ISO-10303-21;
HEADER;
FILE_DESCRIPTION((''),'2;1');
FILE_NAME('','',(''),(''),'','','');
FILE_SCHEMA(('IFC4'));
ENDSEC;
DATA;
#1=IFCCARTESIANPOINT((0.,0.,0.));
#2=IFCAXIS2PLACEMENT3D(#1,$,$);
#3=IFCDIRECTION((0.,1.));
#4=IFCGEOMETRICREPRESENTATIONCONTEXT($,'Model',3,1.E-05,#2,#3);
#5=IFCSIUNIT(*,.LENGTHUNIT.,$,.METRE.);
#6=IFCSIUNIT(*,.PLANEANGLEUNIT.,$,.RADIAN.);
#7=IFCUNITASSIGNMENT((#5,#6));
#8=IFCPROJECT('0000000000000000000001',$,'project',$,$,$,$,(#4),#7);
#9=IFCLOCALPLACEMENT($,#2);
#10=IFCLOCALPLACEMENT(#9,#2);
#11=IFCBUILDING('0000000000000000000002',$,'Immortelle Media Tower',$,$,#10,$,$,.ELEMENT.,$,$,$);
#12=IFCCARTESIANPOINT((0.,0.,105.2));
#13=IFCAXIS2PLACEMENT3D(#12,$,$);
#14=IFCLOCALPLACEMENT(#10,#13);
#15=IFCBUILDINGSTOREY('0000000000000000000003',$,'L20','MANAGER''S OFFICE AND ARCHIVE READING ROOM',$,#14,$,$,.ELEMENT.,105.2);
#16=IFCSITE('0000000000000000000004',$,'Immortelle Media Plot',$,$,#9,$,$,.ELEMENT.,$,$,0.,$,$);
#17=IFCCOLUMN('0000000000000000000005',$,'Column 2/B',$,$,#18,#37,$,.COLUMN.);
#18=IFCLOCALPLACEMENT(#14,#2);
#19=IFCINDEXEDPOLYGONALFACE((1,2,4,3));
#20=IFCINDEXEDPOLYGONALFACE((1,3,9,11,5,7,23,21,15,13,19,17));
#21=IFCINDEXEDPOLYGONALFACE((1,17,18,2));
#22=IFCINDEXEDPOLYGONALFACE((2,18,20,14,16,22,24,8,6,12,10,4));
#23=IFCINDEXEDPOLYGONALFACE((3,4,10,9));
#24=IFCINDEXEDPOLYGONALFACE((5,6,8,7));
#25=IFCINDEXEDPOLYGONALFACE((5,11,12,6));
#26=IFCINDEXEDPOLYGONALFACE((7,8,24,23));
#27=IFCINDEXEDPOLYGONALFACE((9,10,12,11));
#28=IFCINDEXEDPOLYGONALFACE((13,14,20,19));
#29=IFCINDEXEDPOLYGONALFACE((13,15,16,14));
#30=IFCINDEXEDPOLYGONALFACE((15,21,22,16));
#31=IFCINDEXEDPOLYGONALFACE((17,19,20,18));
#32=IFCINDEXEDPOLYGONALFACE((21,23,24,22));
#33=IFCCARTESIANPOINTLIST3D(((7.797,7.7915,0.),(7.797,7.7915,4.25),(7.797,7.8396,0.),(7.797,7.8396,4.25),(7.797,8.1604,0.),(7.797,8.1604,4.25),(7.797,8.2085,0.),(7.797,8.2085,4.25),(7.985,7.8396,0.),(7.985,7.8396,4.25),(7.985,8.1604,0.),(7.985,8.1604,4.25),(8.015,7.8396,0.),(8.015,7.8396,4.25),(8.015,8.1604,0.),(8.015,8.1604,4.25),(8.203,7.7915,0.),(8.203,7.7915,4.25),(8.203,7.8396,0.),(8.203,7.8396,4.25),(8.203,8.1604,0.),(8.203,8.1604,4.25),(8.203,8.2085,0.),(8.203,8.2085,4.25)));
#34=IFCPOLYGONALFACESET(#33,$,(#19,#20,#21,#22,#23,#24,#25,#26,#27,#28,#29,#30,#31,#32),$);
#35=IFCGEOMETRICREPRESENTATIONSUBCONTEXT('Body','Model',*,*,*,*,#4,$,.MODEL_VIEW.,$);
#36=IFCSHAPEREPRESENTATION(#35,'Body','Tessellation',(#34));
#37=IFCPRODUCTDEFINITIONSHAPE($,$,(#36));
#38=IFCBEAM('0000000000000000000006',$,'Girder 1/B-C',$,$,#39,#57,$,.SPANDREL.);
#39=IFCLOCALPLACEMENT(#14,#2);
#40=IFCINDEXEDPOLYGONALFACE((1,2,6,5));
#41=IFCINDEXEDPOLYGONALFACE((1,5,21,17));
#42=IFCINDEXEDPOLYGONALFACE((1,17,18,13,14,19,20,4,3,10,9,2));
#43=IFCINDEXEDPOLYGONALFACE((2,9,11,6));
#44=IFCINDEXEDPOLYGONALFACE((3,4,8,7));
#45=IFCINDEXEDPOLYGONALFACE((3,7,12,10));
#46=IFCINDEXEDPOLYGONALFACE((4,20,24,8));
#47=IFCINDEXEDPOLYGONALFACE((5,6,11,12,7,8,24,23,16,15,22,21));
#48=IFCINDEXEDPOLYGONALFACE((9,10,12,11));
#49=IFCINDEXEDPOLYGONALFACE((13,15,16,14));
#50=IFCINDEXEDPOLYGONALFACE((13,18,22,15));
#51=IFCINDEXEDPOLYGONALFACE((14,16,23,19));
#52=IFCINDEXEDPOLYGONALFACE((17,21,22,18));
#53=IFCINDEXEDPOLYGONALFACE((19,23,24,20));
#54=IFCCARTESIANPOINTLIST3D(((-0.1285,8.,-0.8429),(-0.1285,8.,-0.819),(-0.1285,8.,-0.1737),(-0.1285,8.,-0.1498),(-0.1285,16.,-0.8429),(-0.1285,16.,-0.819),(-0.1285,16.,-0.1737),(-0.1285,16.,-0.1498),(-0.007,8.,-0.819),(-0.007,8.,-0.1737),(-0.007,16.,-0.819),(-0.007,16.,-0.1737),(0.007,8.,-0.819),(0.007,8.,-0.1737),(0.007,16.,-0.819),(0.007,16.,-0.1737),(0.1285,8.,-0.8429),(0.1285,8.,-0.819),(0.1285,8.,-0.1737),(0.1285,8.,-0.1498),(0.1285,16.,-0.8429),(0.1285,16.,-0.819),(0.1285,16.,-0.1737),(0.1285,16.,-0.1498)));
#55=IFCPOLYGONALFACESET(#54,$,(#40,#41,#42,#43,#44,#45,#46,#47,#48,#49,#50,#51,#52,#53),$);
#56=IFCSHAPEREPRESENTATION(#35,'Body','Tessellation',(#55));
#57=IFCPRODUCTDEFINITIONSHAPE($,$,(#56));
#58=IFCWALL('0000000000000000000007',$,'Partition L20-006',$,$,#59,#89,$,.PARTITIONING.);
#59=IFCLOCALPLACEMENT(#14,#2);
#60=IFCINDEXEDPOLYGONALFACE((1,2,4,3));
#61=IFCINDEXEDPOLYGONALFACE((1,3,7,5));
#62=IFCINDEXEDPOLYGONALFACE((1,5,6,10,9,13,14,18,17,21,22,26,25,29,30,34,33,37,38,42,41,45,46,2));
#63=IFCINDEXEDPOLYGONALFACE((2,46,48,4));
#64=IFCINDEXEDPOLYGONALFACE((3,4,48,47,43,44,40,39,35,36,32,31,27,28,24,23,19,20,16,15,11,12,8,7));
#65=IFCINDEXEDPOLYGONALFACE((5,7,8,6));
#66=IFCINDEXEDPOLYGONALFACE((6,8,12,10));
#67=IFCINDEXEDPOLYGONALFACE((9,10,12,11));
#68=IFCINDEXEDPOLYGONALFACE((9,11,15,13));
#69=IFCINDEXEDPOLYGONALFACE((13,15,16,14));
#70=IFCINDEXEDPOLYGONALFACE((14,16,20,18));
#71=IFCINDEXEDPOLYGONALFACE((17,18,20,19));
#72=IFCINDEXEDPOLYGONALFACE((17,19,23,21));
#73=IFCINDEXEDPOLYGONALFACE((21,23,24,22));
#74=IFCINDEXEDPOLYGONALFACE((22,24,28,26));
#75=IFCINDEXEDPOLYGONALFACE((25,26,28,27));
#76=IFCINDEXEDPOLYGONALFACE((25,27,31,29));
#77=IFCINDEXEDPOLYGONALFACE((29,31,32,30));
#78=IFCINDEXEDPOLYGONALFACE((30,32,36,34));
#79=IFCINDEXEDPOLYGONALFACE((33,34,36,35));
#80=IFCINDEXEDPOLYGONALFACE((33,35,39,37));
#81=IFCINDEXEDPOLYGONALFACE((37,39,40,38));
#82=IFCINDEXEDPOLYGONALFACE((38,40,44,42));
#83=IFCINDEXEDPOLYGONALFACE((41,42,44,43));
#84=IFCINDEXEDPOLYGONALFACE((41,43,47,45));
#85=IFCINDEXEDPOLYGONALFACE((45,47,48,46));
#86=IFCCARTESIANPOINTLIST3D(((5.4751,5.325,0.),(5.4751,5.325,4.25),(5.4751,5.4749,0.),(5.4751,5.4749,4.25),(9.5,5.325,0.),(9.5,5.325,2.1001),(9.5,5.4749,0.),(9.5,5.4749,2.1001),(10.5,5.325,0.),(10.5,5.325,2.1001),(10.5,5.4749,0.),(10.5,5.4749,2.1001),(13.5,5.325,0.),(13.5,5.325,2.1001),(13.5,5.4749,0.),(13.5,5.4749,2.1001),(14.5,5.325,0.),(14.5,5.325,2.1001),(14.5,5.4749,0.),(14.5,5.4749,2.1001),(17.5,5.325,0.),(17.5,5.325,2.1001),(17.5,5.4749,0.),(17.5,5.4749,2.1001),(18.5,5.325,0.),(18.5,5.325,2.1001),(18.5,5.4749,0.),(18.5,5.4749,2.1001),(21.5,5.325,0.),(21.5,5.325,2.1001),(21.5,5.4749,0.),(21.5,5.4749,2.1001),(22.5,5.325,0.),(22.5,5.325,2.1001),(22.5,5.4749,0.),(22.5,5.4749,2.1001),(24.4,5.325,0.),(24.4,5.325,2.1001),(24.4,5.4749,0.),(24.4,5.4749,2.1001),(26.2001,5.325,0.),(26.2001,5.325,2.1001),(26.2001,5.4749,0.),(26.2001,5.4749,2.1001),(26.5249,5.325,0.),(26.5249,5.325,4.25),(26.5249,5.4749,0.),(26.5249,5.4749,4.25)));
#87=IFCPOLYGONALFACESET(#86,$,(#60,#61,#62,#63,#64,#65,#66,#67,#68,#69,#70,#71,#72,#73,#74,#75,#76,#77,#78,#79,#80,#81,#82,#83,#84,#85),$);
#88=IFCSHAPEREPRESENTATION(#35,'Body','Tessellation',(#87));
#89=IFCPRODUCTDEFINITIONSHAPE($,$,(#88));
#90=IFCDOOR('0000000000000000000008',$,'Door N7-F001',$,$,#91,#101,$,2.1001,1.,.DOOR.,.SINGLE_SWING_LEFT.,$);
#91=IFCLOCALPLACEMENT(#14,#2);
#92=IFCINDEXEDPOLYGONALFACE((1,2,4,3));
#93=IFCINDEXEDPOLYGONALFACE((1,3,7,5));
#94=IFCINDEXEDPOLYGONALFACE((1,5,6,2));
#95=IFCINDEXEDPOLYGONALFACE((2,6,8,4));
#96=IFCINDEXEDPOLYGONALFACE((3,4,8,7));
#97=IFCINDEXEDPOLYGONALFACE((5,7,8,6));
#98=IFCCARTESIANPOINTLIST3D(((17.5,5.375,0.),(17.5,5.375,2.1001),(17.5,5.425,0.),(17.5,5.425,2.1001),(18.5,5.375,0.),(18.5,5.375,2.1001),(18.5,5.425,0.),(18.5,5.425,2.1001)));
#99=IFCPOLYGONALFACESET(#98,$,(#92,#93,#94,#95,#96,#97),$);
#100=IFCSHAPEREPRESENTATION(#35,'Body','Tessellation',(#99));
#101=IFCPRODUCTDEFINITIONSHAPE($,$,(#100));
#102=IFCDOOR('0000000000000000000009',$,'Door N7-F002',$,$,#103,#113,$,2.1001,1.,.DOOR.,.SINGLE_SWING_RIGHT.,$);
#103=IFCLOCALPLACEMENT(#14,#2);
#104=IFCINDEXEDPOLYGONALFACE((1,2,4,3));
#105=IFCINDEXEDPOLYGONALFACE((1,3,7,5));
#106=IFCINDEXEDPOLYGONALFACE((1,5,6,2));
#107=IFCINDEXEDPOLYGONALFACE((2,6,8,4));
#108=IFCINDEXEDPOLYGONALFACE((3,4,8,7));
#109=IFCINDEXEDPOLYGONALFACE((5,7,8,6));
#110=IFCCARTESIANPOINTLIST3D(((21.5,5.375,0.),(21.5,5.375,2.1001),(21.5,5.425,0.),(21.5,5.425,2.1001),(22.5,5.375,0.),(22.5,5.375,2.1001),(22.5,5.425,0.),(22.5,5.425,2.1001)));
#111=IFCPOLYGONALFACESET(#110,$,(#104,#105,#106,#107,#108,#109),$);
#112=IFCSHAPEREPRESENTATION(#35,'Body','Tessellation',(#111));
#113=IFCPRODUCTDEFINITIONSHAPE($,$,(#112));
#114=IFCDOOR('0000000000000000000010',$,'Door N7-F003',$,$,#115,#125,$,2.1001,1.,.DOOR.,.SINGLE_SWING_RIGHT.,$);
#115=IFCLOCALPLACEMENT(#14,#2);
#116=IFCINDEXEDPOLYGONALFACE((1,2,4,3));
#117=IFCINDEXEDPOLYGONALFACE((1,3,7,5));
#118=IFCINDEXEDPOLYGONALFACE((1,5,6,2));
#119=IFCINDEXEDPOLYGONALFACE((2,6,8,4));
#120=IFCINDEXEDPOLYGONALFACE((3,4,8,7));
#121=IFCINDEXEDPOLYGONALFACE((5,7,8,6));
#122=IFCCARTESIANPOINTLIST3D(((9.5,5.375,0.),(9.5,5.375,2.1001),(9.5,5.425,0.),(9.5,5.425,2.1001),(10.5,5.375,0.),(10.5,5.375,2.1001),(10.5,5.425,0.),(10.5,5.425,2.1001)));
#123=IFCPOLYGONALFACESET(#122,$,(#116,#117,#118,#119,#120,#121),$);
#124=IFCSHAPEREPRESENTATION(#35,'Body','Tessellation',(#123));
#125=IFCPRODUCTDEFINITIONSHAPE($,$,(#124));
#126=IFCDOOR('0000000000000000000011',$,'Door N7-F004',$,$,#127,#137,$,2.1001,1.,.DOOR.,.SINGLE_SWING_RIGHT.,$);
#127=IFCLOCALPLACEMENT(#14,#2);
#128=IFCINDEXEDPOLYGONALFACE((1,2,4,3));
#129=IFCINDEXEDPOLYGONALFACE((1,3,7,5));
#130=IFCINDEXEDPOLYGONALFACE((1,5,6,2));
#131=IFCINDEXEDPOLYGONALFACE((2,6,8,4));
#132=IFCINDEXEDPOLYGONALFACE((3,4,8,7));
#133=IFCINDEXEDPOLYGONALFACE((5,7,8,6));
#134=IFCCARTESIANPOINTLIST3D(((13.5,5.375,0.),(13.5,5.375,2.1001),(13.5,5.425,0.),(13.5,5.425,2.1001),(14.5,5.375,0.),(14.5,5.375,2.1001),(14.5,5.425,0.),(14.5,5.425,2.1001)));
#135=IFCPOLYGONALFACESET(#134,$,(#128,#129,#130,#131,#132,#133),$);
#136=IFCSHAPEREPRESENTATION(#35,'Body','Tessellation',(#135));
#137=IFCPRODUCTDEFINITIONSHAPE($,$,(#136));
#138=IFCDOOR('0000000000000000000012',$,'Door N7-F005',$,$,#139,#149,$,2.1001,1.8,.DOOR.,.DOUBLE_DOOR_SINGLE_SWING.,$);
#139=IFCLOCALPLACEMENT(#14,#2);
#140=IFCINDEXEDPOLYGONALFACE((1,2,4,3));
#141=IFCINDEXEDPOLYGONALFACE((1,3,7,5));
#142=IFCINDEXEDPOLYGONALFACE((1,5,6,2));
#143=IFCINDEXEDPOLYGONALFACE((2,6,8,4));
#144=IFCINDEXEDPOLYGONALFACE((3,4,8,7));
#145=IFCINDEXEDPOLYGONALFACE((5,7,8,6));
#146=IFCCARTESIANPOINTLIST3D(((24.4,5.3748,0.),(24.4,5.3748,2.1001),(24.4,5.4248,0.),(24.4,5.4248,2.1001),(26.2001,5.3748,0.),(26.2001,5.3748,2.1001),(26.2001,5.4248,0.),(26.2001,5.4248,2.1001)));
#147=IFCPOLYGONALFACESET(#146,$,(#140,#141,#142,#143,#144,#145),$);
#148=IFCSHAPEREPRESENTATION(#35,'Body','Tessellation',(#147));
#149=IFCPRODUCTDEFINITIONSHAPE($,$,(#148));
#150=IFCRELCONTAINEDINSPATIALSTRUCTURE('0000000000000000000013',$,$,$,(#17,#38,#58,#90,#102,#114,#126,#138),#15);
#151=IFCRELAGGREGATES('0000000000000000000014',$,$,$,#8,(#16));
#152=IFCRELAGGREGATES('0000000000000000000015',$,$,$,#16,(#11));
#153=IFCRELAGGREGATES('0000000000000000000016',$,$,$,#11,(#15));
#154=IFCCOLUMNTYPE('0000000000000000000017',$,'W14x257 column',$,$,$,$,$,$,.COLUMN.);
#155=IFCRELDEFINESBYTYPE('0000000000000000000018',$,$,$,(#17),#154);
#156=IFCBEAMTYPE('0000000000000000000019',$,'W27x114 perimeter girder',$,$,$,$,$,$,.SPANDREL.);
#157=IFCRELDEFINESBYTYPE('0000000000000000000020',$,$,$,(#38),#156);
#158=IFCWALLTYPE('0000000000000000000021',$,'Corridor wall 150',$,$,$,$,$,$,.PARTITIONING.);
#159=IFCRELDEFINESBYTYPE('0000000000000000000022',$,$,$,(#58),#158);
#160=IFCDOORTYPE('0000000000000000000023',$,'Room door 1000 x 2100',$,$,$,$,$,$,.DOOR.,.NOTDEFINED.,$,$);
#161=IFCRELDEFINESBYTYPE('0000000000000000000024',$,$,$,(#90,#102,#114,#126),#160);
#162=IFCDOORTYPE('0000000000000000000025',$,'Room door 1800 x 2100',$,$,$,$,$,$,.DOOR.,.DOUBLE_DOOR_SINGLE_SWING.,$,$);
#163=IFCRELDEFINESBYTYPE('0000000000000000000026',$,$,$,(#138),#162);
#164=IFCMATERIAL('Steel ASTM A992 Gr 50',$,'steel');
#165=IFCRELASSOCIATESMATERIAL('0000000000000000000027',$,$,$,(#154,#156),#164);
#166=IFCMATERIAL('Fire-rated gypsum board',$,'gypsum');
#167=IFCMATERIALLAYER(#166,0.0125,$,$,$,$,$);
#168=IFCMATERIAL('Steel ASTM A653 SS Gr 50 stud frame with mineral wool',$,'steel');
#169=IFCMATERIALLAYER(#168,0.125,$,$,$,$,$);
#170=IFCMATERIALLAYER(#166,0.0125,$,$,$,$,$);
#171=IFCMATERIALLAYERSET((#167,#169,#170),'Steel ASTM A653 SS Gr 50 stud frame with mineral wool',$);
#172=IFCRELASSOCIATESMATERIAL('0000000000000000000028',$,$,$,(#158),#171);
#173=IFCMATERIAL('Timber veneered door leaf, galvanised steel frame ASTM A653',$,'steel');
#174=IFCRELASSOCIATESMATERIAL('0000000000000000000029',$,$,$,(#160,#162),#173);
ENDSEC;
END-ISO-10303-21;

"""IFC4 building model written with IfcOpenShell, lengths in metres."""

from ifc_helpers import new_model, si_unit, direction, frame, frame_2d, origin, origin_2d, place, context, subcontext, project, spatial, rectangle, i_section, extrude, material, layer, layer_set, material_profile, profile_set, type_object, element, fill, save


model = new_model("IFC4")

# Units and contexts
model_context = context("Model", 3, precision=1e-05, world=origin(), true_north=direction((0.0, 1.0)))
body_context = subcontext(model_context, "Body", "Model", "MODEL_VIEW")
ifc_project = project(units=[si_unit("LENGTHUNIT", "METRE"), si_unit("PLANEANGLEUNIT", "RADIAN")], contexts=[model_context])

# Site, building, storey
site_placement = place(None, origin())
site = spatial("IfcSite", under=ifc_project, at=site_placement, Name="Immortelle Media Plot", CompositionType="ELEMENT", RefElevation=0.0)
building_placement = place(site_placement, origin())
building = spatial("IfcBuilding", under=site, at=building_placement, Name="Immortelle Media Tower", CompositionType="ELEMENT")
storey_placement = place(building_placement, frame((0.0, 0.0, 105.2)))
storey = spatial("IfcBuildingStorey", under=building, at=storey_placement, Name="L20", Description="MANAGER'S OFFICE AND ARCHIVE READING ROOM", CompositionType="ELEMENT", Elevation=105.2)

# Column
ifc_material_1 = material(Name="Steel ASTM A992 Gr 50", Category="steel")
ifc_material_profile_1 = material_profile(ifc_material_1, i_section(OverallWidth=0.406, OverallDepth=0.417, WebThickness=0.03, FlangeThickness=0.0481, at=origin_2d()), Name="W14x257")
ifc_profile_set_1 = profile_set([ifc_material_profile_1], Name="Steel ASTM A992 Gr 50")
column_type = type_object("IfcColumnType", Name="W14x257 column", PredefinedType="COLUMN", material=ifc_profile_set_1)
column_placement = place(storey_placement, frame((8.0, 8.0, 0.0), z_axis=(0.0, 0.0, 1.0), x_axis=(1.0, 0.0, 0.0)))
element("IfcColumn", 1, at=column_placement, inside=storey, type_object=column_type, Name="Column 2/B", PredefinedType="COLUMN", context=body_context, shape_type="SweptSolid", body=[
    extrude(i_section(OverallWidth=0.406, OverallDepth=0.417, WebThickness=0.03, FlangeThickness=0.0481, at=origin_2d()), origin(), (0.0, 0.0, 1.0), 4.25),
])

# Beam
ifc_material_profile_2 = material_profile(ifc_material_1, i_section(OverallWidth=0.2571, OverallDepth=0.6931, WebThickness=0.0139, FlangeThickness=0.0239, at=origin_2d()), Name="W27x114")
ifc_profile_set_2 = profile_set([ifc_material_profile_2], Name="Steel ASTM A992 Gr 50")
beam_type = type_object("IfcBeamType", Name="W27x114 perimeter girder", PredefinedType="SPANDREL", material=ifc_profile_set_2)
beam_placement = place(storey_placement, frame((0.0, 8.0, -0.4963), z_axis=(0.0, 1.0, 0.0), x_axis=(-1.0, 0.0, 0.0)))
element("IfcBeam", 2, at=beam_placement, inside=storey, type_object=beam_type, Name="Girder 1/B-C", PredefinedType="SPANDREL", context=body_context, shape_type="SweptSolid", body=[
    extrude(i_section(OverallWidth=0.2571, OverallDepth=0.6931, WebThickness=0.0139, FlangeThickness=0.0239, at=origin_2d()), origin(), (0.0, 0.0, 1.0), 8.0),
])

# Wall, openings, doors
ifc_material_2 = material(Name="Fire-rated gypsum board", Category="gypsum")
ifc_layer_1 = layer(ifc_material_2, 0.0125)
ifc_material_3 = material(Name="Steel ASTM A653 SS Gr 50 stud frame with mineral wool", Category="steel")
ifc_layer_2 = layer(ifc_material_3, 0.125)
ifc_layer_3 = layer(ifc_material_2, 0.0125)
ifc_layer_set_1 = layer_set([ifc_layer_1, ifc_layer_2, ifc_layer_3], Name="Steel ASTM A653 SS Gr 50 stud frame with mineral wool")
wall_type_1 = type_object("IfcWallType", Name="Corridor wall 150", PredefinedType="PARTITIONING", material=ifc_layer_set_1)
wall_1_placement = place(storey_placement, frame((5.4751, 5.3999, 0.0), z_axis=(0.0, 0.0, 1.0), x_axis=(1.0, 0.0, 0.0)))
wall_1 = element("IfcWall", 3, at=wall_1_placement, inside=storey, type_object=wall_type_1, Name="Partition L20-006", PredefinedType="PARTITIONING", context=body_context, shape_type="SweptSolid", body=[
    extrude(rectangle(XDim=21.0498, YDim=0.1499, at=frame_2d((10.5249, 0.0))), origin(), (0.0, 0.0, 1.0), 4.25),
])
opening_1_placement = place(wall_1_placement, frame((13.0249, 0.0, 0.0), z_axis=(0.0, 0.0, 1.0), x_axis=(-1.0, 0.0, 0.0)))
opening_1 = element("IfcOpeningElement", 4, at=opening_1_placement, cuts=wall_1, PredefinedType="OPENING", context=body_context, shape_type="SweptSolid", body=[
    extrude(rectangle(XDim=1.0, YDim=2.1001, at=frame_2d((0.5, 1.05))), frame((0.0, 0.085, 0.0), z_axis=(0.0, -1.0, 0.0), x_axis=(1.0, 0.0, 0.0)), (0.0, 0.0, 1.0), 0.1699),
])
opening_2_placement = place(wall_1_placement, frame((17.0249, 0.0, 0.0), z_axis=(0.0, 0.0, 1.0), x_axis=(-1.0, 0.0, 0.0)))
opening_2 = element("IfcOpeningElement", 5, at=opening_2_placement, cuts=wall_1, PredefinedType="OPENING", context=body_context, shape_type="SweptSolid", body=[
    extrude(rectangle(XDim=1.0, YDim=2.1001, at=frame_2d((0.5, 1.05))), frame((0.0, 0.085, 0.0), z_axis=(0.0, -1.0, 0.0), x_axis=(1.0, 0.0, 0.0)), (0.0, 0.0, 1.0), 0.1699),
])
opening_3_placement = place(wall_1_placement, frame((5.0249, 0.0, 0.0), z_axis=(0.0, 0.0, 1.0), x_axis=(-1.0, 0.0, 0.0)))
opening_3 = element("IfcOpeningElement", 6, at=opening_3_placement, cuts=wall_1, PredefinedType="OPENING", context=body_context, shape_type="SweptSolid", body=[
    extrude(rectangle(XDim=1.0, YDim=2.1001, at=frame_2d((0.5, 1.05))), frame((0.0, 0.085, 0.0), z_axis=(0.0, -1.0, 0.0), x_axis=(1.0, 0.0, 0.0)), (0.0, 0.0, 1.0), 0.1699),
])
opening_4_placement = place(wall_1_placement, frame((9.0249, 0.0, 0.0), z_axis=(0.0, 0.0, 1.0), x_axis=(-1.0, 0.0, 0.0)))
opening_4 = element("IfcOpeningElement", 7, at=opening_4_placement, cuts=wall_1, PredefinedType="OPENING", context=body_context, shape_type="SweptSolid", body=[
    extrude(rectangle(XDim=1.0, YDim=2.1001, at=frame_2d((0.5, 1.05))), frame((0.0, 0.085, 0.0), z_axis=(0.0, -1.0, 0.0), x_axis=(1.0, 0.0, 0.0)), (0.0, 0.0, 1.0), 0.1699),
])
opening_5_placement = place(wall_1_placement, frame((18.925, 0.0, 0.0)))
opening_5 = element("IfcOpeningElement", 8, at=opening_5_placement, cuts=wall_1, PredefinedType="OPENING", context=body_context, shape_type="SweptSolid", body=[
    extrude(rectangle(XDim=1.8, YDim=2.1001, at=frame_2d((0.8999, 1.05))), frame((0.0, 0.085, 0.0), z_axis=(0.0, -1.0, 0.0), x_axis=(1.0, 0.0, 0.0)), (0.0, 0.0, 1.0), 0.1699),
])
ifc_material_4 = material(Name="Timber veneered door leaf, galvanised steel frame ASTM A653", Category="steel")
door_type_1 = type_object("IfcDoorType", Name="Room door 1000 x 2100", OperationType="NOTDEFINED", PredefinedType="DOOR", material=ifc_material_4)
door_1_placement = place(opening_1_placement, origin())
door_1 = element("IfcDoor", 9, at=door_1_placement, inside=storey, type_object=door_type_1, Name="Door N7-F001", OperationType="SINGLE_SWING_LEFT", OverallHeight=2.1001, OverallWidth=1.0, PredefinedType="DOOR", context=body_context, shape_type="SweptSolid", body=[
    extrude(rectangle(XDim=1.0, YDim=2.1001, at=frame_2d((0.5, 1.05))), frame((0.0, 0.0249, 0.0), z_axis=(0.0, -1.0, 0.0), x_axis=(1.0, 0.0, 0.0)), (0.0, 0.0, 1.0), 0.05),
])
fill(opening_1, door_1)
door_2_placement = place(opening_2_placement, origin())
door_2 = element("IfcDoor", 10, at=door_2_placement, inside=storey, type_object=door_type_1, Name="Door N7-F002", OperationType="SINGLE_SWING_RIGHT", OverallHeight=2.1001, OverallWidth=1.0, PredefinedType="DOOR", context=body_context, shape_type="SweptSolid", body=[
    extrude(rectangle(XDim=1.0, YDim=2.1001, at=frame_2d((0.5, 1.05))), frame((0.0, 0.0249, 0.0), z_axis=(0.0, -1.0, 0.0), x_axis=(1.0, 0.0, 0.0)), (0.0, 0.0, 1.0), 0.05),
])
fill(opening_2, door_2)
door_3_placement = place(opening_3_placement, origin())
door_3 = element("IfcDoor", 11, at=door_3_placement, inside=storey, type_object=door_type_1, Name="Door N7-F003", OperationType="SINGLE_SWING_RIGHT", OverallHeight=2.1001, OverallWidth=1.0, PredefinedType="DOOR", context=body_context, shape_type="SweptSolid", body=[
    extrude(rectangle(XDim=1.0, YDim=2.1001, at=frame_2d((0.5, 1.05))), frame((0.0, 0.0249, 0.0), z_axis=(0.0, -1.0, 0.0), x_axis=(1.0, 0.0, 0.0)), (0.0, 0.0, 1.0), 0.05),
])
fill(opening_3, door_3)
door_4_placement = place(opening_4_placement, origin())
door_4 = element("IfcDoor", 12, at=door_4_placement, inside=storey, type_object=door_type_1, Name="Door N7-F004", OperationType="SINGLE_SWING_RIGHT", OverallHeight=2.1001, OverallWidth=1.0, PredefinedType="DOOR", context=body_context, shape_type="SweptSolid", body=[
    extrude(rectangle(XDim=1.0, YDim=2.1001, at=frame_2d((0.5, 1.05))), frame((0.0, 0.0249, 0.0), z_axis=(0.0, -1.0, 0.0), x_axis=(1.0, 0.0, 0.0)), (0.0, 0.0, 1.0), 0.05),
])
fill(opening_4, door_4)
door_type_2 = type_object("IfcDoorType", Name="Room door 1800 x 2100", OperationType="DOUBLE_DOOR_SINGLE_SWING", PredefinedType="DOOR", material=ifc_material_4)
door_5_placement = place(opening_5_placement, origin())
door_5 = element("IfcDoor", 13, at=door_5_placement, inside=storey, type_object=door_type_2, Name="Door N7-F005", OperationType="DOUBLE_DOOR_SINGLE_SWING", OverallHeight=2.1001, OverallWidth=1.8, PredefinedType="DOOR", context=body_context, shape_type="SweptSolid", body=[
    extrude(rectangle(XDim=1.8, YDim=2.1001, at=frame_2d((0.8999, 1.05))), frame((0.0, 0.0249, 0.0), z_axis=(0.0, -1.0, 0.0), x_axis=(1.0, 0.0, 0.0)), (0.0, 0.0, 1.0), 0.05),
])
fill(opening_5, door_5)

save(model, "model.ifc")
